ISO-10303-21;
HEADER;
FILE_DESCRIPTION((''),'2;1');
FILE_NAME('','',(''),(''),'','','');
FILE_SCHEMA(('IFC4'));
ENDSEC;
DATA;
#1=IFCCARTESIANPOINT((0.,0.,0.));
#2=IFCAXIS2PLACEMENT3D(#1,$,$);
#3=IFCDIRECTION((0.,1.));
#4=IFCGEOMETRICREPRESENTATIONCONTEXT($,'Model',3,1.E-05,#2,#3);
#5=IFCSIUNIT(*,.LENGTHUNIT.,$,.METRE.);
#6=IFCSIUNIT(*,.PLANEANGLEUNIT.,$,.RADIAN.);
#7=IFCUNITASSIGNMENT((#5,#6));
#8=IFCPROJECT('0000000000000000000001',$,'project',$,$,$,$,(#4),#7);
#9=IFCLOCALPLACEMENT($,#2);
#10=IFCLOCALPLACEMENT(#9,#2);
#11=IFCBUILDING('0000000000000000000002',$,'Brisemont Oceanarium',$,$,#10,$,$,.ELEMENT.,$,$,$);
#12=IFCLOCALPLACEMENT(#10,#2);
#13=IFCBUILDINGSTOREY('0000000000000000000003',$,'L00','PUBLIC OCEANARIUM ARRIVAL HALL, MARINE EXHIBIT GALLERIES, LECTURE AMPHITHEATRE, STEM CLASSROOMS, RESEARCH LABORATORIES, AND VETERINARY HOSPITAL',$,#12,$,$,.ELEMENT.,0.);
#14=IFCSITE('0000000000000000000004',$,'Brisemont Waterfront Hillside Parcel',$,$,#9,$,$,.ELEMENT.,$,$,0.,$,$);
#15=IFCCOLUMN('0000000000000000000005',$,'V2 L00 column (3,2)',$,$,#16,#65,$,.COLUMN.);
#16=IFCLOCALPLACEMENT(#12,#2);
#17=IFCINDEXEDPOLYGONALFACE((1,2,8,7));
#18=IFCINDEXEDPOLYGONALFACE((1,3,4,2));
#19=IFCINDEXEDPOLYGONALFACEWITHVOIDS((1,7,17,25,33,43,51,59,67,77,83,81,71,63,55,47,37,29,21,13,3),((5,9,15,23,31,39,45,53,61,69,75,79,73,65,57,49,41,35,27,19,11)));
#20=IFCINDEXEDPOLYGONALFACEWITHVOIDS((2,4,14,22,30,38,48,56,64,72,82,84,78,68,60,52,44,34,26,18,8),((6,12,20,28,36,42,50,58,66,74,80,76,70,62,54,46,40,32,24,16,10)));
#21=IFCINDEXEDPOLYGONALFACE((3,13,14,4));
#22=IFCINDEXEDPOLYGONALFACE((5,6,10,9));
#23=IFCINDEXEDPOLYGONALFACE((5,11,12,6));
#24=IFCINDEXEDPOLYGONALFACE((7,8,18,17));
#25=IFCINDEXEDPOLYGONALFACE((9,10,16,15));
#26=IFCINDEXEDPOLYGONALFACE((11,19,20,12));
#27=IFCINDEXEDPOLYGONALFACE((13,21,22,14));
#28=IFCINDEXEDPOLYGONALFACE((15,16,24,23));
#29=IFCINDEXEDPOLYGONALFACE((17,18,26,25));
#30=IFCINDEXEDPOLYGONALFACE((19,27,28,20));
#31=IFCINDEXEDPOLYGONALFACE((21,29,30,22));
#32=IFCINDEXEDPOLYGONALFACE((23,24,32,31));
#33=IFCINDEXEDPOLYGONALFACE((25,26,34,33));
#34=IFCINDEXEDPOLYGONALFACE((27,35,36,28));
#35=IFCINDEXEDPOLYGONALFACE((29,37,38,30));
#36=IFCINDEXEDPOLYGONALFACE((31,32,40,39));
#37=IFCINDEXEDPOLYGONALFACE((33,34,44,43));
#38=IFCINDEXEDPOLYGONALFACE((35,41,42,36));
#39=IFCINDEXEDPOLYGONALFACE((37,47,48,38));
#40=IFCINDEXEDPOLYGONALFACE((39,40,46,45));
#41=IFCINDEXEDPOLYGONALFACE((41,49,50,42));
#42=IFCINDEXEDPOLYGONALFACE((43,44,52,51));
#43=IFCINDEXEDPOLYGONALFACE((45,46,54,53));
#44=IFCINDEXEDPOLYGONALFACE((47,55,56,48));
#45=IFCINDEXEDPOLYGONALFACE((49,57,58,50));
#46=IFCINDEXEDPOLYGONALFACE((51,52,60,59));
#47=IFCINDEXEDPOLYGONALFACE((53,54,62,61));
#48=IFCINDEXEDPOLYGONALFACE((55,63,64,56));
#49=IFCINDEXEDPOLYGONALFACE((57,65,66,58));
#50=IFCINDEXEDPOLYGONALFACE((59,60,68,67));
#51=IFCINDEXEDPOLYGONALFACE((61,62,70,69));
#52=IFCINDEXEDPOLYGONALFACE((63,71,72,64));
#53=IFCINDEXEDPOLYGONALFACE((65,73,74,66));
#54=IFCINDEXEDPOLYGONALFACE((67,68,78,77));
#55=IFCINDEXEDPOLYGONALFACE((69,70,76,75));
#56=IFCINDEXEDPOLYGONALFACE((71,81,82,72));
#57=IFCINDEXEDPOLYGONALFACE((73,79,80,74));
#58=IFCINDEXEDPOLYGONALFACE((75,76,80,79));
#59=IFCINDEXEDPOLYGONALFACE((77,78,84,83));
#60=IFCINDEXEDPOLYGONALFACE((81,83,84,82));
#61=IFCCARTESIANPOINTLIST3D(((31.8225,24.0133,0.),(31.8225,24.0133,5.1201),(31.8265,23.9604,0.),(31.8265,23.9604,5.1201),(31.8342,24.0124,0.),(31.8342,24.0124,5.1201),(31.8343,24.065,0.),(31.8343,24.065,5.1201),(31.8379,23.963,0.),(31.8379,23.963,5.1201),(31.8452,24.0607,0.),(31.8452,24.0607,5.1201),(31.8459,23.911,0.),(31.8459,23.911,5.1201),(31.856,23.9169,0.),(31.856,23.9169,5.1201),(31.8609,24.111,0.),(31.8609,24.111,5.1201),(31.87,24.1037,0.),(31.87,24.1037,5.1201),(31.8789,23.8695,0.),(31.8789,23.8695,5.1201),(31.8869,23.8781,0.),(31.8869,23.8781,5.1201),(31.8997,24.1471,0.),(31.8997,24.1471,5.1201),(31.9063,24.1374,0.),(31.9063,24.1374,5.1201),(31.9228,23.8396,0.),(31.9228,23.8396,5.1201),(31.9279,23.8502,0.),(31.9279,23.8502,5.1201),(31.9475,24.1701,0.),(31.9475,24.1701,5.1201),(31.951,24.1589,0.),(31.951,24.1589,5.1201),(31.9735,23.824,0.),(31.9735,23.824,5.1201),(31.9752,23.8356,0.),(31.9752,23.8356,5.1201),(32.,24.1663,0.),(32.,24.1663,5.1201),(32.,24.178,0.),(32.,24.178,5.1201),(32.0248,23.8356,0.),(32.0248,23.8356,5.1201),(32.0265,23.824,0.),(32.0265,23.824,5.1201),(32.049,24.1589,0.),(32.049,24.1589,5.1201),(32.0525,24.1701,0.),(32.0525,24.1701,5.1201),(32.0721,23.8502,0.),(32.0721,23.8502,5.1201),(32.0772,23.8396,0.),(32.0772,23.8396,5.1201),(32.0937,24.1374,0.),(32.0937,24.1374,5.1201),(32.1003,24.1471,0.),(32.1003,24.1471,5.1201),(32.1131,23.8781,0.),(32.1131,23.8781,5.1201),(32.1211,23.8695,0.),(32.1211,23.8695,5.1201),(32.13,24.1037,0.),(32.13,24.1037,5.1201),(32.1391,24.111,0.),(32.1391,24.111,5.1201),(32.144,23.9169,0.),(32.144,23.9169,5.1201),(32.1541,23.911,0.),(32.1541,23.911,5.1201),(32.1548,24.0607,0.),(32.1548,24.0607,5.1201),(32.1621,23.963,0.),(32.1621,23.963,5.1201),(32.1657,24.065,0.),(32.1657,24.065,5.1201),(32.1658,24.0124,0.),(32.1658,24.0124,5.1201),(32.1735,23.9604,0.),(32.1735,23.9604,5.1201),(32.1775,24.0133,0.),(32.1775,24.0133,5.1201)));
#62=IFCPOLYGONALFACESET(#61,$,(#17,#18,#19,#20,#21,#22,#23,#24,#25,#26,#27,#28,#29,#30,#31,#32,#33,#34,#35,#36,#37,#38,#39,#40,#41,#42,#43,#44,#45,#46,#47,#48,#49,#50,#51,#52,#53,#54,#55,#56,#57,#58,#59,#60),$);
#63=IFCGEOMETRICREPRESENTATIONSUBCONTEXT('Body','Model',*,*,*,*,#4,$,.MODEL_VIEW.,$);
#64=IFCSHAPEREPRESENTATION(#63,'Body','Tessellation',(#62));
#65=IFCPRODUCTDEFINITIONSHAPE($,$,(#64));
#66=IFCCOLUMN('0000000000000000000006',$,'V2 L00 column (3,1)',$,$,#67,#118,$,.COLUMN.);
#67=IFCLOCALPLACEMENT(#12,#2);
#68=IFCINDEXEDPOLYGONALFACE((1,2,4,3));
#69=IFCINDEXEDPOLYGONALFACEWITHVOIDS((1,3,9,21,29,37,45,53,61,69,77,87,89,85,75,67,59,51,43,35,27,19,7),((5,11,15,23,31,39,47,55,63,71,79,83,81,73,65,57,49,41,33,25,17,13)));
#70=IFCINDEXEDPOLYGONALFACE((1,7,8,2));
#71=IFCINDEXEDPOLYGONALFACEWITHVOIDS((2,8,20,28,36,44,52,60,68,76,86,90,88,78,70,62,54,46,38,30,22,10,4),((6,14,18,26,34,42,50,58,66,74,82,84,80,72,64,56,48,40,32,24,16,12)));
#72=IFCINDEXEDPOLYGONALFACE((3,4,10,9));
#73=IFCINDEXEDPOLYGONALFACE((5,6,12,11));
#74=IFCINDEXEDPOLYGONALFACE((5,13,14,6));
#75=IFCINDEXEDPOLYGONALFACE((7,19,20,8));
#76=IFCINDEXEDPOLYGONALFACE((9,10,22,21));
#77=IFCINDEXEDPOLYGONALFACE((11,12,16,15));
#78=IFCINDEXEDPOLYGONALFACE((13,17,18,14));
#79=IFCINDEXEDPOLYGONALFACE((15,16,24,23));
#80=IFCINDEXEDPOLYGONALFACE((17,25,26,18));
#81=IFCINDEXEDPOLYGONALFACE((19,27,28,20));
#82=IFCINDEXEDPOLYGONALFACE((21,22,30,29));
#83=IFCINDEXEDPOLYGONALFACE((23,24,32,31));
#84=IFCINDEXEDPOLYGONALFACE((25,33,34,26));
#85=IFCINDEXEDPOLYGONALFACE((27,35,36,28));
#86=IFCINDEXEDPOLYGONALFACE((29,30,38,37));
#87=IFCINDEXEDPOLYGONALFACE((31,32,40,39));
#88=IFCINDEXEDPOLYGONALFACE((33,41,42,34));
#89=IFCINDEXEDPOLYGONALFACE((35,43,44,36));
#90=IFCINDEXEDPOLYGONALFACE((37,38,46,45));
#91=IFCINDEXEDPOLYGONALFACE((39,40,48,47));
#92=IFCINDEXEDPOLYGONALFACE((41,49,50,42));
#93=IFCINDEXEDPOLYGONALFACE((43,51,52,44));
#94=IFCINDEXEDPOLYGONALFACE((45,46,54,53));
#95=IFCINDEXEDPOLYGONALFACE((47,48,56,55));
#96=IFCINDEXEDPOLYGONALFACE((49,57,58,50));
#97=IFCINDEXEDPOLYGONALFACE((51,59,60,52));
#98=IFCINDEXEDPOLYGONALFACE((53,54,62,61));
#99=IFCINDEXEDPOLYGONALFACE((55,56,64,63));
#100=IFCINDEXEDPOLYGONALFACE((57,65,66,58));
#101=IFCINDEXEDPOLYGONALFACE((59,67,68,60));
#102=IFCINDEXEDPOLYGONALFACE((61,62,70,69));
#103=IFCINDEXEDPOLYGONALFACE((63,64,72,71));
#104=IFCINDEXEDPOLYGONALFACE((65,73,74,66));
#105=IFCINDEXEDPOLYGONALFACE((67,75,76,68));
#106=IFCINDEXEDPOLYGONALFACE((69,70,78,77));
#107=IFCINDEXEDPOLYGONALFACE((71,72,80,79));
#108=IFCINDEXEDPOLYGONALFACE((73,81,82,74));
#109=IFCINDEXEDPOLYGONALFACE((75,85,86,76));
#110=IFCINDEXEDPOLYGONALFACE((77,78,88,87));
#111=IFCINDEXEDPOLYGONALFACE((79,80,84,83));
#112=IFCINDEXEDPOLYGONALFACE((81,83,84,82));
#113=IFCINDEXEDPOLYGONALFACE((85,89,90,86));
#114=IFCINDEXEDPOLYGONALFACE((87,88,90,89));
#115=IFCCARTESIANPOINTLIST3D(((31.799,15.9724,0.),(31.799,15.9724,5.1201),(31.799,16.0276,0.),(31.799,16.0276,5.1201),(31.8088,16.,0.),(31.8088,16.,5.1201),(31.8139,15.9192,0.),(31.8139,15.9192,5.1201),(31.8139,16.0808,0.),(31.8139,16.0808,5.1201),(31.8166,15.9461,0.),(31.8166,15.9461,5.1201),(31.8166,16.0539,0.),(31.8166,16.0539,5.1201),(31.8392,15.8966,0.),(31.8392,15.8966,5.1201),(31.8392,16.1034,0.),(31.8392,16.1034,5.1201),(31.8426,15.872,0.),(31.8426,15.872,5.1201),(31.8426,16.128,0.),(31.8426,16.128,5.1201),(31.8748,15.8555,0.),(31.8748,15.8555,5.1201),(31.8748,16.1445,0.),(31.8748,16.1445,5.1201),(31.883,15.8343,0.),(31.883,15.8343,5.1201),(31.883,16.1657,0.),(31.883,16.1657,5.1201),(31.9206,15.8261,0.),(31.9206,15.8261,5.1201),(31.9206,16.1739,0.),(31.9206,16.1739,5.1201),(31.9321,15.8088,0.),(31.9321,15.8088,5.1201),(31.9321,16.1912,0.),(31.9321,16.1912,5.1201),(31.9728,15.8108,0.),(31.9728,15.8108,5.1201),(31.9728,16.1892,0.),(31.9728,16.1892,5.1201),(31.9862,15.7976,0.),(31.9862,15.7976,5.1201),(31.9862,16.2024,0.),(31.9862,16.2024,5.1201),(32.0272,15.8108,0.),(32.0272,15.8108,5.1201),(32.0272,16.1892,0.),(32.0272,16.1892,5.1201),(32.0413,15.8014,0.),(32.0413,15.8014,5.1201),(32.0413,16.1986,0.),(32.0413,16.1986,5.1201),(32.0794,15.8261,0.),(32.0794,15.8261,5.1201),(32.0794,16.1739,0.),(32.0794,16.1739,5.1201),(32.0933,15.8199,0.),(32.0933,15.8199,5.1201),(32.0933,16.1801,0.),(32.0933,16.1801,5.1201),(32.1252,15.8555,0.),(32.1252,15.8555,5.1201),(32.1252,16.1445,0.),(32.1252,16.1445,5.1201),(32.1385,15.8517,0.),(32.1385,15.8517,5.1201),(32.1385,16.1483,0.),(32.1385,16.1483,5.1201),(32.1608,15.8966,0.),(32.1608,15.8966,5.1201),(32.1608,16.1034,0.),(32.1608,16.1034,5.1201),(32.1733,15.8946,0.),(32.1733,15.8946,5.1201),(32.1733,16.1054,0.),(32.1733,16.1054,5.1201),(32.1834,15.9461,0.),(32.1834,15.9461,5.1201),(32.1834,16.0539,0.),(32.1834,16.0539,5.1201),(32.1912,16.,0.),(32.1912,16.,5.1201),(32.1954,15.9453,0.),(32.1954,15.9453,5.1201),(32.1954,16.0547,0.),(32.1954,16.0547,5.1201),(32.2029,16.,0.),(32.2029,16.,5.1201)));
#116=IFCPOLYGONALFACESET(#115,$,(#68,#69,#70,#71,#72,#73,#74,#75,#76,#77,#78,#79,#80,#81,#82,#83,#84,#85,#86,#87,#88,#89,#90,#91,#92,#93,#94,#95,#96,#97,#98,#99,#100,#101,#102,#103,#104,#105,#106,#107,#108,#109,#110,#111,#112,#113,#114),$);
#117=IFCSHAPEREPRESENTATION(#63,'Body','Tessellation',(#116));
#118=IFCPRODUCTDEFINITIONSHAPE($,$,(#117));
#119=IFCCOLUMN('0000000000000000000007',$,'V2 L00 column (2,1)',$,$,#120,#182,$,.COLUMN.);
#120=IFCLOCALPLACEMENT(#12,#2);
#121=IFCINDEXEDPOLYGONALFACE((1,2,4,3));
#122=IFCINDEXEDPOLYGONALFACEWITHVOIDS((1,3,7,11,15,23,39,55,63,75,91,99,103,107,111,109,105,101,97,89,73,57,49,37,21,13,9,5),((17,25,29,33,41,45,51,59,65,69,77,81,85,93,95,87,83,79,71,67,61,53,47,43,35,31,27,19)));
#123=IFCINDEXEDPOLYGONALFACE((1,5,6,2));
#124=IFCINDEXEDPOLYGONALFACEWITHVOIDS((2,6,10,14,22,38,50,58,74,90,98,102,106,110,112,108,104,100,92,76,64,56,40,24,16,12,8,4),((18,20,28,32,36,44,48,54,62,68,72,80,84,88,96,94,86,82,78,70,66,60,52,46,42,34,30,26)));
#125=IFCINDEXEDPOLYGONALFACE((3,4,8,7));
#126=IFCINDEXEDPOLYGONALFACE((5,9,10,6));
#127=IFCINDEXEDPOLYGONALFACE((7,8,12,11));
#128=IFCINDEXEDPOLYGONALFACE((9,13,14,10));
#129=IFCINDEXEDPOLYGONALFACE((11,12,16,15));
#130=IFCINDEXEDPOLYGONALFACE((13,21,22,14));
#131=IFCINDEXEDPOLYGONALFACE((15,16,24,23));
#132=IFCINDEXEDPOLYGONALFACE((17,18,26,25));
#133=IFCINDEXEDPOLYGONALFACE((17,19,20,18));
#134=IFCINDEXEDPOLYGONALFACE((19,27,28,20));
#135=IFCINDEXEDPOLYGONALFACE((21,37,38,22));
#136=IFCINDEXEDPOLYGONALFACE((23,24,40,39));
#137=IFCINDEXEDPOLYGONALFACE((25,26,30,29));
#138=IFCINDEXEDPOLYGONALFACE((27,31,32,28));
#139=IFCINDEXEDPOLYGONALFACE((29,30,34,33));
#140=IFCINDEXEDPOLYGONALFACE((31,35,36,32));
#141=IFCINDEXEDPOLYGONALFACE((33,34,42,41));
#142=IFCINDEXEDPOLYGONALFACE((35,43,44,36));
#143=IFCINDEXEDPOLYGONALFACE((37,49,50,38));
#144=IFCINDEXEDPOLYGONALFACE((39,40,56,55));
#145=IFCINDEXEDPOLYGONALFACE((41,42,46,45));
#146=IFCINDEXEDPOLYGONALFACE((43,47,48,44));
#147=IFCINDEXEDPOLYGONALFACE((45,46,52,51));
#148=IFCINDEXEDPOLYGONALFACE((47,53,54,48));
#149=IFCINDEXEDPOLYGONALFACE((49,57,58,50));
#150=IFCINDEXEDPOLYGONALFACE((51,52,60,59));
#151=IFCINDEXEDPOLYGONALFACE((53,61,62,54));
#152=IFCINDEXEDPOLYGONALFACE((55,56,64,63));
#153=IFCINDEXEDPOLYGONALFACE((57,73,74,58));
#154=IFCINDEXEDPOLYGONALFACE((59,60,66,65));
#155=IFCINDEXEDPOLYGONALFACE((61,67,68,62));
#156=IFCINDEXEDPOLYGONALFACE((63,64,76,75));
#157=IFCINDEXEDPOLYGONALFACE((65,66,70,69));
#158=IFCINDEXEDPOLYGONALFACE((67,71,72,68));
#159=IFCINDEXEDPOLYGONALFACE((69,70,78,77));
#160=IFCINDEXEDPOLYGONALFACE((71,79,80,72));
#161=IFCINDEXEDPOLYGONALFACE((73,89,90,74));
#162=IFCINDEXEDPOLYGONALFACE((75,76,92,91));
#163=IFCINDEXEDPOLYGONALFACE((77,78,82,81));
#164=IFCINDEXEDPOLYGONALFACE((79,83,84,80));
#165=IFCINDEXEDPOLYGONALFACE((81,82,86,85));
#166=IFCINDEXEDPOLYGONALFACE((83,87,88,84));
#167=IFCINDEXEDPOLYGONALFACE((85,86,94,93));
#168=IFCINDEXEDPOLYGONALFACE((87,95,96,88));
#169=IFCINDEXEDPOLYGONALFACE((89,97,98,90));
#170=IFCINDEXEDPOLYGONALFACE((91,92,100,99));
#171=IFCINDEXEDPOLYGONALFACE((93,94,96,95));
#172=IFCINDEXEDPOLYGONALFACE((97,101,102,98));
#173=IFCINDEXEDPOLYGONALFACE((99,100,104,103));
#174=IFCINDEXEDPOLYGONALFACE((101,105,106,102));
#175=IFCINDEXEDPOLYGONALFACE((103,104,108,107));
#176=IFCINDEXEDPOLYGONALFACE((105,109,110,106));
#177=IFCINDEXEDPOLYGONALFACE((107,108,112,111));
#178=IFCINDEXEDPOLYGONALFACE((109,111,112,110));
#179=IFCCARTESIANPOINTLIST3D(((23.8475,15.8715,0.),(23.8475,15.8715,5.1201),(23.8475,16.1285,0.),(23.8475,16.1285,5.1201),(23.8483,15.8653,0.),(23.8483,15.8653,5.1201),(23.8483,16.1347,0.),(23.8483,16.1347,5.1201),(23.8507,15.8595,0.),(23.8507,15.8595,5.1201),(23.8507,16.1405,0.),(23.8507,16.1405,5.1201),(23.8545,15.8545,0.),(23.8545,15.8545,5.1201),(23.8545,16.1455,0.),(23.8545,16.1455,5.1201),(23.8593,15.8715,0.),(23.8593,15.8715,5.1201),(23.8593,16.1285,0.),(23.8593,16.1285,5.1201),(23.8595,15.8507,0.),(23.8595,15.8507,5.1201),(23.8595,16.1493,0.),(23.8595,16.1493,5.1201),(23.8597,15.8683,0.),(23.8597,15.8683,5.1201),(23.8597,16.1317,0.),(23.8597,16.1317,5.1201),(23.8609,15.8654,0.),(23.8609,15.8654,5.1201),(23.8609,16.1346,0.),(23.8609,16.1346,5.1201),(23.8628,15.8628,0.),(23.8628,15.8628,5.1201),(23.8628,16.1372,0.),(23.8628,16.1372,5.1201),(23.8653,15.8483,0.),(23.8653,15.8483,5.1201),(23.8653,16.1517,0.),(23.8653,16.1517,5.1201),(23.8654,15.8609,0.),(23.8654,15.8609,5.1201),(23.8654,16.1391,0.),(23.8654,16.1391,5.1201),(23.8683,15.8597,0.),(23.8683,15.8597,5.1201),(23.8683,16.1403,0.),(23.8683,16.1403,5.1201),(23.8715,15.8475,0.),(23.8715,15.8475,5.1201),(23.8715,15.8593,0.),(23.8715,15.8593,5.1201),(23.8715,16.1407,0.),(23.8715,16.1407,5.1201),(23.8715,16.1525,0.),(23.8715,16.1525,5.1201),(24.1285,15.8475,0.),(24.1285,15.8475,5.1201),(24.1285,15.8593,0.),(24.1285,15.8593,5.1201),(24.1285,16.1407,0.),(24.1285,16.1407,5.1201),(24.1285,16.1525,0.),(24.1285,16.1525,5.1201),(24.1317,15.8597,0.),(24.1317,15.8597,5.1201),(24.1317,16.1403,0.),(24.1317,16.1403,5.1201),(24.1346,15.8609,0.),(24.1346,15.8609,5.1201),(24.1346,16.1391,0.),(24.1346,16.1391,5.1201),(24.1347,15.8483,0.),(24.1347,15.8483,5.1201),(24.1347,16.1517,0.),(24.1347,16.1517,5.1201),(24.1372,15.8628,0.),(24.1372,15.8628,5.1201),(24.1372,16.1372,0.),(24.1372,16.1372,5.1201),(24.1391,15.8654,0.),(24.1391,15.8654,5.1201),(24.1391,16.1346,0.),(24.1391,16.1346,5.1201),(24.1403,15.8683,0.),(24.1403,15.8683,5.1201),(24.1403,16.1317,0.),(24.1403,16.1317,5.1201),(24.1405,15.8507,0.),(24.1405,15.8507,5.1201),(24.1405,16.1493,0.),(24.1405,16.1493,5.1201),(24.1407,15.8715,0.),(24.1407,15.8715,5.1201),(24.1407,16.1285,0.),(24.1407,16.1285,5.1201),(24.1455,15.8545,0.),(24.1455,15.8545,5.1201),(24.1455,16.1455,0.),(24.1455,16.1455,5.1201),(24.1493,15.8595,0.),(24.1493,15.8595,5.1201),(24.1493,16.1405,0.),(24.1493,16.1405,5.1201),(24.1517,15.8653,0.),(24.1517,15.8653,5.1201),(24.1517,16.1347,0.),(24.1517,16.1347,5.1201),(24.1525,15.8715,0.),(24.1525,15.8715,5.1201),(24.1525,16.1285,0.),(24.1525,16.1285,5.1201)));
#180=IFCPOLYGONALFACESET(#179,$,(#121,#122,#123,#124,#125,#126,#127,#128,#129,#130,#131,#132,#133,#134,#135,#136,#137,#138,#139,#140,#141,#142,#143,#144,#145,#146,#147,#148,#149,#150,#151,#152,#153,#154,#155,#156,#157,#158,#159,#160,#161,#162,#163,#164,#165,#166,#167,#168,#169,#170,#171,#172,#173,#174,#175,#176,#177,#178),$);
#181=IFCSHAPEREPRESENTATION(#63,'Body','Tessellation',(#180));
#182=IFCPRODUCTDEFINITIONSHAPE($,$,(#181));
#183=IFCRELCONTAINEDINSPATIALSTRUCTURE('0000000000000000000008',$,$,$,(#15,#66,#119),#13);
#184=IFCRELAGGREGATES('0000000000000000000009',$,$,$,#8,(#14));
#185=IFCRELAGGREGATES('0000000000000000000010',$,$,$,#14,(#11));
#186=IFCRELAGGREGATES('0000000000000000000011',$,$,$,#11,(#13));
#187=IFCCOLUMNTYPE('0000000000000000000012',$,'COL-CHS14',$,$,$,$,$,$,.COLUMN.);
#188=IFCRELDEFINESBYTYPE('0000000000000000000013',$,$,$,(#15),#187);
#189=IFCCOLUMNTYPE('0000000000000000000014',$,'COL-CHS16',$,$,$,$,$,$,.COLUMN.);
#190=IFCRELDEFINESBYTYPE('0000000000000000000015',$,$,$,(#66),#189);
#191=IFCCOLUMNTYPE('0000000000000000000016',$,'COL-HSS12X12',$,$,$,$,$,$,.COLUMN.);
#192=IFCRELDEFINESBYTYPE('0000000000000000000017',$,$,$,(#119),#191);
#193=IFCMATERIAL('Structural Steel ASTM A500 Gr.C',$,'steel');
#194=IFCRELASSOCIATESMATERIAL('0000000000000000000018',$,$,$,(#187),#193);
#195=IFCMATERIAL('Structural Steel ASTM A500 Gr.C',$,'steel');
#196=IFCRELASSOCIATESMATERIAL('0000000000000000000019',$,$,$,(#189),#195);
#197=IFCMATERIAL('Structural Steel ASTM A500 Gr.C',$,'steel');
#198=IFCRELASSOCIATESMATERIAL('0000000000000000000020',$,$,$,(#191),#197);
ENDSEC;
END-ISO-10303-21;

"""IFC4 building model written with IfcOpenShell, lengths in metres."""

from ifc_helpers import new_model, si_unit, direction, frame, origin, origin_2d, place, context, subcontext, project, spatial, hollow_rectangle, hollow_circle, extrude, material, material_profile, profile_set, type_object, element, save


model = new_model("IFC4")

# Units and contexts
model_context = context("Model", 3, precision=1e-05, world=origin(), true_north=direction((0.0, 1.0)))
body_context = subcontext(model_context, "Body", "Model", "MODEL_VIEW")
ifc_project = project(units=[si_unit("LENGTHUNIT", "METRE"), si_unit("PLANEANGLEUNIT", "RADIAN")], contexts=[model_context])

# Site, building, storey
site_placement = place(None, origin())
site = spatial("IfcSite", under=ifc_project, at=site_placement, Name="Brisemont Waterfront Hillside Parcel", CompositionType="ELEMENT", RefElevation=0.0)
building_placement = place(site_placement, origin())
building = spatial("IfcBuilding", under=site, at=building_placement, Name="Brisemont Oceanarium", CompositionType="ELEMENT")
storey_placement = place(building_placement, origin())
storey = spatial("IfcBuildingStorey", under=building, at=storey_placement, Name="L00", Description="PUBLIC OCEANARIUM ARRIVAL HALL, MARINE EXHIBIT GALLERIES, LECTURE AMPHITHEATRE, STEM CLASSROOMS, RESEARCH LABORATORIES, AND VETERINARY HOSPITAL", CompositionType="ELEMENT", Elevation=0.0)

# Columns
ifc_material_1 = material(Name="Structural Steel ASTM A500 Gr.C", Category="steel")
ifc_material_profile_1 = material_profile(ifc_material_1, hollow_circle(Radius=0.178, WallThickness=0.0117, at=origin_2d()), Name="HSS14.000X0.500")
ifc_profile_set_1 = profile_set([ifc_material_profile_1], Name="Structural Steel ASTM A500 Gr.C")
column_type_1 = type_object("IfcColumnType", Name="COL-CHS14", PredefinedType="COLUMN", material=ifc_profile_set_1)
column_1_placement = place(storey_placement, frame((32.0, 24.0, 0.0), z_axis=(0.0, 0.0, 1.0), x_axis=(0.0, 1.0, 0.0)))
element("IfcColumn", 1, at=column_1_placement, inside=storey, type_object=column_type_1, Name="V2 L00 column (3,2)", PredefinedType="COLUMN", context=body_context, shape_type="SweptSolid", body=[
    extrude(hollow_circle(Radius=0.178, WallThickness=0.0117, at=origin_2d()), origin(), (0.0, 0.0, 1.0), 5.1201),
])
ifc_material_2 = material(Name="Structural Steel ASTM A500 Gr.C", Category="steel")
ifc_material_profile_2 = material_profile(ifc_material_2, hollow_circle(Radius=0.2029, WallThickness=0.0117, at=origin_2d()), Name="HSS16.000X0.500")
ifc_profile_set_2 = profile_set([ifc_material_profile_2], Name="Structural Steel ASTM A500 Gr.C")
column_type_2 = type_object("IfcColumnType", Name="COL-CHS16", PredefinedType="COLUMN", material=ifc_profile_set_2)
column_2_placement = place(storey_placement, frame((32.0, 16.0, 0.0), z_axis=(0.0, 0.0, 1.0), x_axis=(1.0, 0.0, 0.0)))
element("IfcColumn", 2, at=column_2_placement, inside=storey, type_object=column_type_2, Name="V2 L00 column (3,1)", PredefinedType="COLUMN", context=body_context, shape_type="SweptSolid", body=[
    extrude(hollow_circle(Radius=0.2029, WallThickness=0.0117, at=origin_2d()), origin(), (0.0, 0.0, 1.0), 5.1201),
])
ifc_material_3 = material(Name="Structural Steel ASTM A500 Gr.C", Category="steel")
ifc_material_profile_3 = material_profile(ifc_material_3, hollow_rectangle(XDim=0.3049, YDim=0.3049, WallThickness=0.0117, InnerFilletRadius=0.0122, OuterFilletRadius=0.0239, at=origin_2d()), Name="HSS12X12X1/2")
ifc_profile_set_3 = profile_set([ifc_material_profile_3], Name="Structural Steel ASTM A500 Gr.C")
column_type_3 = type_object("IfcColumnType", Name="COL-HSS12X12", PredefinedType="COLUMN", material=ifc_profile_set_3)
column_3_placement = place(storey_placement, frame((24.0, 16.0, 0.0), z_axis=(0.0, 0.0, 1.0), x_axis=(0.0, 1.0, 0.0)))
element("IfcColumn", 3, at=column_3_placement, inside=storey, type_object=column_type_3, Name="V2 L00 column (2,1)", PredefinedType="COLUMN", context=body_context, shape_type="SweptSolid", body=[
    extrude(hollow_rectangle(XDim=0.3049, YDim=0.3049, WallThickness=0.0117, InnerFilletRadius=0.0122, OuterFilletRadius=0.0239, at=origin_2d()), origin(), (0.0, 0.0, 1.0), 5.1201),
])

save(model, "model.ifc")
